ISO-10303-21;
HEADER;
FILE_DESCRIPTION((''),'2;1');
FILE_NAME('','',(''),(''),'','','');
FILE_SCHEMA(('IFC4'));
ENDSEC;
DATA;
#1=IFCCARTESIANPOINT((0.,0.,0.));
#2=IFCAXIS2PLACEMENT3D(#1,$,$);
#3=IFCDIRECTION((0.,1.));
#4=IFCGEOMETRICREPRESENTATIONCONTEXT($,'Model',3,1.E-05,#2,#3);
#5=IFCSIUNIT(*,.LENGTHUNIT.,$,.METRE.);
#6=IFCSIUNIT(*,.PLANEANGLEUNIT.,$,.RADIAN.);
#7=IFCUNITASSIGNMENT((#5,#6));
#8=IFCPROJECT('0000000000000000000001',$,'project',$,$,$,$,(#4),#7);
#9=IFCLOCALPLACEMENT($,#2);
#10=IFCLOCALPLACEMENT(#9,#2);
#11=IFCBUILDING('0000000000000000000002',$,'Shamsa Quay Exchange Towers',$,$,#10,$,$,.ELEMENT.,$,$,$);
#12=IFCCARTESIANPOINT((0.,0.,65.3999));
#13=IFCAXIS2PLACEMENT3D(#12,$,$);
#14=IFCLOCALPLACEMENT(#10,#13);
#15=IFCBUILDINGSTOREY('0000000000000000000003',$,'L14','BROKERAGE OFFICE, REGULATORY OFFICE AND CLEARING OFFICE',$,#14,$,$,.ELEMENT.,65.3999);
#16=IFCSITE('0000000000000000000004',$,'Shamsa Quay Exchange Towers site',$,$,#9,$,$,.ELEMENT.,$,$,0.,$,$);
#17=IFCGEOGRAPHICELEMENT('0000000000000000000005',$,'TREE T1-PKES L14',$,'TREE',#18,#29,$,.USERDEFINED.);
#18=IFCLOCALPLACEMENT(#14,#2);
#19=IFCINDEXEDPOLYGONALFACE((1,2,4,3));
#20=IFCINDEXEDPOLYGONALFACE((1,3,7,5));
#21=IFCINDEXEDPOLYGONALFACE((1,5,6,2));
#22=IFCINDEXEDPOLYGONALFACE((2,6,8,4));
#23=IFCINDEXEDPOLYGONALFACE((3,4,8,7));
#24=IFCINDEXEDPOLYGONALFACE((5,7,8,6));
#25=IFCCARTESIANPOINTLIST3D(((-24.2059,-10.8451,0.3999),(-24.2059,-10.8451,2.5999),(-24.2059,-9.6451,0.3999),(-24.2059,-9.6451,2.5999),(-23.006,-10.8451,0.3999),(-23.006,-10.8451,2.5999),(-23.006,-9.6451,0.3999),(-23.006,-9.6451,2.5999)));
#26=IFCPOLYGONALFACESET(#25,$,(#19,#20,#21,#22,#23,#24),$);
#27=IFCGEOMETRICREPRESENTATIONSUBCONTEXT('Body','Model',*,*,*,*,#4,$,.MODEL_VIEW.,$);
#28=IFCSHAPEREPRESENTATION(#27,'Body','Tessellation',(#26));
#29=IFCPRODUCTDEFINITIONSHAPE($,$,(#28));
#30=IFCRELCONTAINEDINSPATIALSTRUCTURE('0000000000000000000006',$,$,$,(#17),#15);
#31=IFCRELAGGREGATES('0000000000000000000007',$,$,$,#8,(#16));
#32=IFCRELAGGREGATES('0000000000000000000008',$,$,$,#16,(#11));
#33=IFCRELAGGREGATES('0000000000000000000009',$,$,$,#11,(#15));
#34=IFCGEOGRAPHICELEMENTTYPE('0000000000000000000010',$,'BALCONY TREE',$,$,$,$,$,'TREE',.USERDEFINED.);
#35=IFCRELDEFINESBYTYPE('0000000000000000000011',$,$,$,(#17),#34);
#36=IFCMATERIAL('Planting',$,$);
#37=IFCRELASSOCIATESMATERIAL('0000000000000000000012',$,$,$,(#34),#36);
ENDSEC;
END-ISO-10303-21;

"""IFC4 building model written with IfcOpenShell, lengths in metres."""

from ifc_helpers import new_model, si_unit, direction, frame, origin, origin_2d, place, context, subcontext, project, spatial, rectangle, extrude, material, type_object, element, save


model = new_model("IFC4")

# Units and contexts
model_context = context("Model", 3, precision=1e-05, world=origin(), true_north=direction((0.0, 1.0)))
body_context = subcontext(model_context, "Body", "Model", "MODEL_VIEW")
ifc_project = project(units=[si_unit("LENGTHUNIT", "METRE"), si_unit("PLANEANGLEUNIT", "RADIAN")], contexts=[model_context])

# Site, building, storey
site_placement = place(None, origin())
site = spatial("IfcSite", under=ifc_project, at=site_placement, Name="Shamsa Quay Exchange Towers site", CompositionType="ELEMENT", RefElevation=0.0)
building_placement = place(site_placement, origin())
building = spatial("IfcBuilding", under=site, at=building_placement, Name="Shamsa Quay Exchange Towers", CompositionType="ELEMENT")
storey_placement = place(building_placement, frame((0.0, 0.0, 65.3999)))
storey = spatial("IfcBuildingStorey", under=building, at=storey_placement, Name="L14", Description="BROKERAGE OFFICE, REGULATORY OFFICE AND CLEARING OFFICE", CompositionType="ELEMENT", Elevation=65.3999)

# Geographic element
ifc_material_1 = material(Name="Planting")
geographic_element_type = type_object("IfcGeographicElementType", Name="BALCONY TREE", ElementType="TREE", PredefinedType="USERDEFINED", material=ifc_material_1)
geographic_element_placement = place(storey_placement, frame((-23.606, -10.2451, 0.3999)))
element("IfcGeographicElement", 1, at=geographic_element_placement, inside=storey, type_object=geographic_element_type, Name="TREE T1-PKES L14", ObjectType="TREE", PredefinedType="USERDEFINED", context=body_context, shape_type="SweptSolid", body=[
    extrude(rectangle(XDim=1.2, YDim=1.2, at=origin_2d()), origin(), (0.0, 0.0, 1.0), 2.2),
])

save(model, "model.ifc")
